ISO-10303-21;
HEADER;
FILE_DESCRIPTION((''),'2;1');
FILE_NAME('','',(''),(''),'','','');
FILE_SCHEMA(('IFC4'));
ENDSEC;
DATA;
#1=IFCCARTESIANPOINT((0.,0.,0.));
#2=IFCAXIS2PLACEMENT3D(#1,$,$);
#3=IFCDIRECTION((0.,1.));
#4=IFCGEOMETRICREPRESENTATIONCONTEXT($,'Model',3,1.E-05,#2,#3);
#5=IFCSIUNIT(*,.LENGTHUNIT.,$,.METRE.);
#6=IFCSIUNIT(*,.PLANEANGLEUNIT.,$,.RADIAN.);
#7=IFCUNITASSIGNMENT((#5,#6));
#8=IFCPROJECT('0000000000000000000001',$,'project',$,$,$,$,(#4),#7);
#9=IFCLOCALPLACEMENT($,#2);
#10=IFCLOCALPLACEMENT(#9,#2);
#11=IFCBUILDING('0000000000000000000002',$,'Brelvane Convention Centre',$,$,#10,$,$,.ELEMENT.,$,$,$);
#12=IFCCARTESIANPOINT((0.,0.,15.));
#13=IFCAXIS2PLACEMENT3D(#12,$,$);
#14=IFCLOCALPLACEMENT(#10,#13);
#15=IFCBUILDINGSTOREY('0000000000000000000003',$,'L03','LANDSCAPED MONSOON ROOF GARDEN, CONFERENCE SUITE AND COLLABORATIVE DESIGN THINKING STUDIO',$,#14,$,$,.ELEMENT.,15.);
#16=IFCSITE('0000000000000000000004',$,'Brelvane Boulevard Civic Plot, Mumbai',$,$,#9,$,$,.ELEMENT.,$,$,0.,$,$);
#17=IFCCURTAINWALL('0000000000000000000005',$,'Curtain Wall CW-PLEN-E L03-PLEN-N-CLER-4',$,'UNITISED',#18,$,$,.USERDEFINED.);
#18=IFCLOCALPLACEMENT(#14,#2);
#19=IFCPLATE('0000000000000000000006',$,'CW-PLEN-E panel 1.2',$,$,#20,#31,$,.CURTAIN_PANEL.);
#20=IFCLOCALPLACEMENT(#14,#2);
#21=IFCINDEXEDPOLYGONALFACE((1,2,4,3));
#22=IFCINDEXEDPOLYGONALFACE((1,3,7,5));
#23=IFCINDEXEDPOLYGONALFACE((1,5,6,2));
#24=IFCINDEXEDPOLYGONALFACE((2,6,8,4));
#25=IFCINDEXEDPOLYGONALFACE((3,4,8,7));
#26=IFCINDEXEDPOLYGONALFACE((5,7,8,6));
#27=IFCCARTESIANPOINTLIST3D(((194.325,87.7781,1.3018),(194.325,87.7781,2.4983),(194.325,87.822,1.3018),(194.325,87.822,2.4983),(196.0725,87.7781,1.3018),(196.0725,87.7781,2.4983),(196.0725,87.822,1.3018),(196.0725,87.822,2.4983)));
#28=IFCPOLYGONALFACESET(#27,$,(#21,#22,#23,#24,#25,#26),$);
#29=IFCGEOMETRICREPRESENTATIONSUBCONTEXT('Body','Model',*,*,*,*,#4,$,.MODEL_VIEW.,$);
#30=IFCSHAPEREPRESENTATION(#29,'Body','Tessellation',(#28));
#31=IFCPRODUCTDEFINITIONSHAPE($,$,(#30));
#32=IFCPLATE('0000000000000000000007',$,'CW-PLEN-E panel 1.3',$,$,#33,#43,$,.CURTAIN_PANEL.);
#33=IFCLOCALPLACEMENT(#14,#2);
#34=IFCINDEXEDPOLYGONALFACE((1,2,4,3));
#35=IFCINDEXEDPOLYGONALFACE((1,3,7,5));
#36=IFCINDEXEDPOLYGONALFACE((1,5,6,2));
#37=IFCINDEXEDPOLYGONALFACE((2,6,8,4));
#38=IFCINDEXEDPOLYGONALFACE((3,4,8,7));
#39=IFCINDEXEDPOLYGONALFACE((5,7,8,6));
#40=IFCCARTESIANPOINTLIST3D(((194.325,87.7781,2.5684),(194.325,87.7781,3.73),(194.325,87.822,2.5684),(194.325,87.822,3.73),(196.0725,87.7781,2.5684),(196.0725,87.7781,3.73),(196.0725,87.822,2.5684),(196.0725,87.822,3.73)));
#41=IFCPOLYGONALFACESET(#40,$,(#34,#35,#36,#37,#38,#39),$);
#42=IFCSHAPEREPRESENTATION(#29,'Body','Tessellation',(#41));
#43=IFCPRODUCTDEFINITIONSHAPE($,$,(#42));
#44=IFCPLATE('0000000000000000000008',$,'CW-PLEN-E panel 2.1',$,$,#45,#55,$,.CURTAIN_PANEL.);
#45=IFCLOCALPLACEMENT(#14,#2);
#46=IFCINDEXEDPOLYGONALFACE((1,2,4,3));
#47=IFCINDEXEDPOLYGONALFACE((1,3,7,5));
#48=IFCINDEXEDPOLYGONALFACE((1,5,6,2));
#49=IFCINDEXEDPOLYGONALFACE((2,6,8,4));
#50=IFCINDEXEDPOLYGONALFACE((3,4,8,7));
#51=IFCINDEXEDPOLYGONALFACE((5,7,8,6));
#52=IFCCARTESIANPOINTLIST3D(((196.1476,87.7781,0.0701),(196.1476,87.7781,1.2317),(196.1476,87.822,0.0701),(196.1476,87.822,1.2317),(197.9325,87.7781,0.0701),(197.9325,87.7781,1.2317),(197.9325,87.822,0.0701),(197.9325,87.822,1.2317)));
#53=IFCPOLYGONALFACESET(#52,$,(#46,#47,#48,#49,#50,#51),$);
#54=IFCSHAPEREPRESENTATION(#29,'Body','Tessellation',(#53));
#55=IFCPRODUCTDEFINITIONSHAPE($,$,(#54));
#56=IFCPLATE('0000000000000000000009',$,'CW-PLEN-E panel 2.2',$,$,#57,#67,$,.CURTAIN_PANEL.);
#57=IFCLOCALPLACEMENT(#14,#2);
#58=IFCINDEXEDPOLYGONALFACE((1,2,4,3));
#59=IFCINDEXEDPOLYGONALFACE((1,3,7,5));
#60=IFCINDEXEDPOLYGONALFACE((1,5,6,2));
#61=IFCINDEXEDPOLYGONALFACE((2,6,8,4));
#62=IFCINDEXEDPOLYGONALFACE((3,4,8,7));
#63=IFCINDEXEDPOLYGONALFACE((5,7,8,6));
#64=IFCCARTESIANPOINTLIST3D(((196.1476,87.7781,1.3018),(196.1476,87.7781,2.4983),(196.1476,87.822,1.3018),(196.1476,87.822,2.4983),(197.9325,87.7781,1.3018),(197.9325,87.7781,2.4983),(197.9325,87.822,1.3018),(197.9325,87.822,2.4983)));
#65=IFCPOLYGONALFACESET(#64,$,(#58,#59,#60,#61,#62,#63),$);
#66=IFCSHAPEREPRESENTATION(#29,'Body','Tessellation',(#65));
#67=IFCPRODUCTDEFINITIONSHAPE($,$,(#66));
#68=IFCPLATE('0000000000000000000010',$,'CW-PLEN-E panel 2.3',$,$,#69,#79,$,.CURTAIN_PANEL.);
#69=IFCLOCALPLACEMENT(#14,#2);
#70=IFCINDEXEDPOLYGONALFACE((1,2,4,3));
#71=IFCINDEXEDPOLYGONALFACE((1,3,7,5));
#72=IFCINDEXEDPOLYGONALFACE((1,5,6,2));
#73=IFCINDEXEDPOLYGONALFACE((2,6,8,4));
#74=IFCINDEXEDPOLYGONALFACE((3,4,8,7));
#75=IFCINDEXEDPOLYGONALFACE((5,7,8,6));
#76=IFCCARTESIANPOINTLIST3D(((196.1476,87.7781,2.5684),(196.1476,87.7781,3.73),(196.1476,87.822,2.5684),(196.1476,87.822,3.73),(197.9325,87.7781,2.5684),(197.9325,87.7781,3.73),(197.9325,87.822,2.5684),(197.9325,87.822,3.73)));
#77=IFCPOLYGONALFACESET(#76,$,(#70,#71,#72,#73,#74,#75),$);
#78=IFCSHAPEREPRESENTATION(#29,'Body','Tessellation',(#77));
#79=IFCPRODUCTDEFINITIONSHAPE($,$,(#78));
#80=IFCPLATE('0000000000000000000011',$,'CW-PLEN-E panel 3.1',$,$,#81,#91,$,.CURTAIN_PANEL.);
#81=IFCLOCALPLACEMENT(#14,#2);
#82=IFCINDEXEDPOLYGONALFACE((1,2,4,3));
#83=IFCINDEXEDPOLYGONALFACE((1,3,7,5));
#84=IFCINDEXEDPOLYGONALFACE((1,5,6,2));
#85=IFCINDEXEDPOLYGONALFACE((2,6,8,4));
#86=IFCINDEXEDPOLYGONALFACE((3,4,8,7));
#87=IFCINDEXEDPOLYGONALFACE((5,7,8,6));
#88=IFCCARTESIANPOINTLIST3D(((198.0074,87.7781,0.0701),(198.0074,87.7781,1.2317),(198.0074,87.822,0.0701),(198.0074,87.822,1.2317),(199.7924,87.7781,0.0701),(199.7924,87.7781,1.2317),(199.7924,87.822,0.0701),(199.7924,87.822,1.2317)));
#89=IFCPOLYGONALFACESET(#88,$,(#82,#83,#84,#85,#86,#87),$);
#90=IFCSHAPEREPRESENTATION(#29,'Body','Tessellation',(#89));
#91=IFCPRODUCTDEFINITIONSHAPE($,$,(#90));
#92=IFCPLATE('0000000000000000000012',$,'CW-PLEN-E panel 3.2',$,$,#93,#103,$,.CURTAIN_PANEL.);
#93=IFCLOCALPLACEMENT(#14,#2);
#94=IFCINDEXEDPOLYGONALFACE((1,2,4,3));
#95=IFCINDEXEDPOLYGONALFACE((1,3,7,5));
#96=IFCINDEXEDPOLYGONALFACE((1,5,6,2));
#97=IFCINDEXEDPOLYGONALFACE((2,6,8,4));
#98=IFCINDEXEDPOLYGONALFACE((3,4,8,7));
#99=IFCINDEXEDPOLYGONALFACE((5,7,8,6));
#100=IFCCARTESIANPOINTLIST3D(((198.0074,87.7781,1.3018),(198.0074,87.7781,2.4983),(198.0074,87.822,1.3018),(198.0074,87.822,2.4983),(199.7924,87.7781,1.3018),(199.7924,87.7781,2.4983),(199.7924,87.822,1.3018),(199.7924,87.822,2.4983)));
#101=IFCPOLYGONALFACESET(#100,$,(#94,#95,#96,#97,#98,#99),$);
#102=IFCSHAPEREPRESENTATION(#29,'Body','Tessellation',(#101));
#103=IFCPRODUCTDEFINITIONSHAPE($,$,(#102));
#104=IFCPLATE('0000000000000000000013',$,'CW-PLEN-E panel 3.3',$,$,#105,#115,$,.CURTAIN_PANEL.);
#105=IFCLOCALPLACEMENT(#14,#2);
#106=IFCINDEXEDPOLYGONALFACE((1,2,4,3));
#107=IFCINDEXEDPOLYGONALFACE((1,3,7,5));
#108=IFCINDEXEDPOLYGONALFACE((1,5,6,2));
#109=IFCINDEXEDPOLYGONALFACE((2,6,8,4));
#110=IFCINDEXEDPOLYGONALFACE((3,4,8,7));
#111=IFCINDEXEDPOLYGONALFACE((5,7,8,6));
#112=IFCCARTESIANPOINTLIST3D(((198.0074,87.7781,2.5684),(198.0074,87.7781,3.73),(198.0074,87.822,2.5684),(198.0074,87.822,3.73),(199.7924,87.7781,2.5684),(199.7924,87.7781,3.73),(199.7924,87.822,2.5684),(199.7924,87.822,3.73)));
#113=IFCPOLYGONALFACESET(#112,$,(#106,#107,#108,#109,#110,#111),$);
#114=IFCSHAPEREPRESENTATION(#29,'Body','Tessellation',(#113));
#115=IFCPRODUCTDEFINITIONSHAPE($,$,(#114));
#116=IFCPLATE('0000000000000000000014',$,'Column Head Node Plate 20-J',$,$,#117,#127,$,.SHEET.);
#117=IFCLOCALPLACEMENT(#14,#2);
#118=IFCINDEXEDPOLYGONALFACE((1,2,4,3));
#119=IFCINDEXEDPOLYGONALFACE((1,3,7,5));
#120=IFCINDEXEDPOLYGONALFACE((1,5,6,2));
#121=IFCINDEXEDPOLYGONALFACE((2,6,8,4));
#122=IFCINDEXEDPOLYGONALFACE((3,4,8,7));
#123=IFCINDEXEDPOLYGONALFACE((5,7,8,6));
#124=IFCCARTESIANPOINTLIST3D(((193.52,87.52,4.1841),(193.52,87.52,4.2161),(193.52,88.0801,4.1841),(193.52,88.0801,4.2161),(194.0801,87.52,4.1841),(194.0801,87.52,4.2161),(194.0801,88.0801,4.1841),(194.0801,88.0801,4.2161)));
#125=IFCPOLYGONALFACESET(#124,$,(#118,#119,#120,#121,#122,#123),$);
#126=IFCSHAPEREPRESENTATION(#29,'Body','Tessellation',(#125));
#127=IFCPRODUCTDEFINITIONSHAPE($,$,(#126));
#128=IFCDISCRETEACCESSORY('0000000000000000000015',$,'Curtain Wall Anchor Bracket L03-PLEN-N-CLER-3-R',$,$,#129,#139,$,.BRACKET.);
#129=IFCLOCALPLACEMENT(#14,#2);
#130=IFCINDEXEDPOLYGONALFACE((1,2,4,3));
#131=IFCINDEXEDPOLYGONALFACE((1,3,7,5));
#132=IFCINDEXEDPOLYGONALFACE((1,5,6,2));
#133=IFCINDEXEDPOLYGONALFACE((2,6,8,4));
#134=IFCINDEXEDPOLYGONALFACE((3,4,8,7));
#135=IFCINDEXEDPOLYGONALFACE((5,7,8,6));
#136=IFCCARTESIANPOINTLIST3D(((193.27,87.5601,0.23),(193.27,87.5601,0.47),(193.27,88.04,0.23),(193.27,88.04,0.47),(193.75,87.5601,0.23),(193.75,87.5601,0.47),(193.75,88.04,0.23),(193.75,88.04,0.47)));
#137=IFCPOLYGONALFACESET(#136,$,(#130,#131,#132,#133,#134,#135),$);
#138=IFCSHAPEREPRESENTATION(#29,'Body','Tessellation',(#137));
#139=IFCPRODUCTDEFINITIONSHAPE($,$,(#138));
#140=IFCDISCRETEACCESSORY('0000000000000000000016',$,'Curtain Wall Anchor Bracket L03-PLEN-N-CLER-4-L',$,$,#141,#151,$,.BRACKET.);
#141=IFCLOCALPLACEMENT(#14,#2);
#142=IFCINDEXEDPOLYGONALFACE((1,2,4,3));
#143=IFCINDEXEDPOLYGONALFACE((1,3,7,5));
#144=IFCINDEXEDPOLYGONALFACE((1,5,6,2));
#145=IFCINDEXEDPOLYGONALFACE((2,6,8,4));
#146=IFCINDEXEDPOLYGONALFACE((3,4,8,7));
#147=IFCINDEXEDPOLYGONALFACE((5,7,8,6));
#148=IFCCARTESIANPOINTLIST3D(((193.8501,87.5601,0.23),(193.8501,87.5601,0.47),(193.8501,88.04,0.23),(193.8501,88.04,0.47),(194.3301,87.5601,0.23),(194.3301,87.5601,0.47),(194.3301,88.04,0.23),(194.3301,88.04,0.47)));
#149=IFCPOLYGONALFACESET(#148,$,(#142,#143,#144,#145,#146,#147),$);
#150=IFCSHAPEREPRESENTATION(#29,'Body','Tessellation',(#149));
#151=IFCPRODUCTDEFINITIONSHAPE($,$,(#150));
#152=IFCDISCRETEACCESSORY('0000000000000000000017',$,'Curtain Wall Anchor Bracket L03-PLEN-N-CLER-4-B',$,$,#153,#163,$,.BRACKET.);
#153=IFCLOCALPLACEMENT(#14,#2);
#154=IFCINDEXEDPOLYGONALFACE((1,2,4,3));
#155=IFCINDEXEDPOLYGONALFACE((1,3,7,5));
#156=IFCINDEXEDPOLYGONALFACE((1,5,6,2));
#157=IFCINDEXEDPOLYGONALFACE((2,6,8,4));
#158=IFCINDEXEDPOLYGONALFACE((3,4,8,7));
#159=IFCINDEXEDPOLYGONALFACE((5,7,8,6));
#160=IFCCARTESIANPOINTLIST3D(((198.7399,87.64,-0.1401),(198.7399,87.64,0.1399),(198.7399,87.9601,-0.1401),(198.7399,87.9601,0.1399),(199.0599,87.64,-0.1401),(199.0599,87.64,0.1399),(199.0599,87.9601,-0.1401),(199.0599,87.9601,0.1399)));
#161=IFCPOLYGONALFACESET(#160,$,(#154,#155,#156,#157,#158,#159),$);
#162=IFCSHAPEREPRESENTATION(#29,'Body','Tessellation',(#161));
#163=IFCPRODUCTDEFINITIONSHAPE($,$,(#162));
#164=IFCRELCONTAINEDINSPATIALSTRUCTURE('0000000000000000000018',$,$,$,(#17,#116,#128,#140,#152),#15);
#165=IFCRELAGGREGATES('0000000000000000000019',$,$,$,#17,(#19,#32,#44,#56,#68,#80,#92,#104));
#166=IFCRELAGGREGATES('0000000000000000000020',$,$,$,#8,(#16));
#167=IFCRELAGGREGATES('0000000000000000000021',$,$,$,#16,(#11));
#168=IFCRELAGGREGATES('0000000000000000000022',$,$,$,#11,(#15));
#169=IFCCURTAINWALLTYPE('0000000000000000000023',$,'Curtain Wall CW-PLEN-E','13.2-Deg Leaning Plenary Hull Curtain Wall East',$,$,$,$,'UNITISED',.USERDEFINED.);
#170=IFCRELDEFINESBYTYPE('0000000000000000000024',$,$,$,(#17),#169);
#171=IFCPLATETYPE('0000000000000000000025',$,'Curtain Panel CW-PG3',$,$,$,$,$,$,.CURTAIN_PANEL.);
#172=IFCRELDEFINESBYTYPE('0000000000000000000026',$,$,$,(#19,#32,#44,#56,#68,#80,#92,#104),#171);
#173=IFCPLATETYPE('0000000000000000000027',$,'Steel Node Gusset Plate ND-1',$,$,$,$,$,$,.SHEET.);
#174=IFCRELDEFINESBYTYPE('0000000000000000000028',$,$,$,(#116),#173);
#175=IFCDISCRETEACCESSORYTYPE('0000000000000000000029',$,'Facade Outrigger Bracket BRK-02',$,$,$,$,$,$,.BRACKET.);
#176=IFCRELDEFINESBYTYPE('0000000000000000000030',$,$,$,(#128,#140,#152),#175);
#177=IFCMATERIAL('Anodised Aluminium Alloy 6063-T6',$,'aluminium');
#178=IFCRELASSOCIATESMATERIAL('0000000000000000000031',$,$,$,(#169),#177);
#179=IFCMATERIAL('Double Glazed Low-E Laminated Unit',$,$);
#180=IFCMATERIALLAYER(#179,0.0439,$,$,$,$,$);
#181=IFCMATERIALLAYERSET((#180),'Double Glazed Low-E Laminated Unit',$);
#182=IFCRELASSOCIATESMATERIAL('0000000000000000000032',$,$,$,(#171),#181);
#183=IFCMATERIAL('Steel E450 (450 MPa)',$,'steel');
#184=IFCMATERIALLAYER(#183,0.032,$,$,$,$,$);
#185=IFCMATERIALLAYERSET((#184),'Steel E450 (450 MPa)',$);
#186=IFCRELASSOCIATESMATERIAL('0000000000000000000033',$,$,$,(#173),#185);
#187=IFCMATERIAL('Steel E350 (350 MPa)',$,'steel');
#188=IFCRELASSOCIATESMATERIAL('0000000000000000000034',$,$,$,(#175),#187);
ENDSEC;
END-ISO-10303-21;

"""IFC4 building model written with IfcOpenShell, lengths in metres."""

from ifc_helpers import new_model, si_unit, direction, frame, origin, origin_2d, place, context, subcontext, project, spatial, rectangle, extrude, material, layer, layer_set, type_object, element, aggregate, save


model = new_model("IFC4")

# Units and contexts
model_context = context("Model", 3, precision=1e-05, world=origin(), true_north=direction((0.0, 1.0)))
body_context = subcontext(model_context, "Body", "Model", "MODEL_VIEW")
ifc_project = project(units=[si_unit("LENGTHUNIT", "METRE"), si_unit("PLANEANGLEUNIT", "RADIAN")], contexts=[model_context])

# Site, building, storey
site_placement = place(None, origin())
site = spatial("IfcSite", under=ifc_project, at=site_placement, Name="Brelvane Boulevard Civic Plot, Mumbai", CompositionType="ELEMENT", RefElevation=0.0)
building_placement = place(site_placement, origin())
building = spatial("IfcBuilding", under=site, at=building_placement, Name="Brelvane Convention Centre", CompositionType="ELEMENT")
storey_placement = place(building_placement, frame((0.0, 0.0, 15.0)))
storey = spatial("IfcBuildingStorey", under=building, at=storey_placement, Name="L03", Description="LANDSCAPED MONSOON ROOF GARDEN, CONFERENCE SUITE AND COLLABORATIVE DESIGN THINKING STUDIO", CompositionType="ELEMENT", Elevation=15.0)

# Shared definitions
ifc_material_1 = material(Name="Anodised Aluminium Alloy 6063-T6", Category="aluminium")
curtain_wall_type = type_object("IfcCurtainWallType", Name="Curtain Wall CW-PLEN-E", Description="13.2-Deg Leaning Plenary Hull Curtain Wall East", ElementType="UNITISED", PredefinedType="USERDEFINED", material=ifc_material_1)

# Curtain wall
curtain_wall_1_placement = place(storey_placement, origin())
curtain_wall_1 = element("IfcCurtainWall", 1, at=curtain_wall_1_placement, inside=storey, type_object=curtain_wall_type, Name="Curtain Wall CW-PLEN-E L03-PLEN-N-CLER-4", ObjectType="UNITISED", PredefinedType="USERDEFINED")

# Plates
ifc_material_2 = material(Name="Double Glazed Low-E Laminated Unit")
ifc_layer_1 = layer(ifc_material_2, 0.0439)
ifc_layer_set_1 = layer_set([ifc_layer_1], Name="Double Glazed Low-E Laminated Unit")
plate_type_1 = type_object("IfcPlateType", Name="Curtain Panel CW-PG3", PredefinedType="CURTAIN_PANEL", material=ifc_layer_set_1)
plate_1_placement = place(storey_placement, frame((195.1987, 87.8, 1.3018), z_axis=(0.0, 0.0, 1.0), x_axis=(1.0, 0.0, 0.0)))
plate_1 = element("IfcPlate", 2, at=plate_1_placement, type_object=plate_type_1, Name="CW-PLEN-E panel 1.2", PredefinedType="CURTAIN_PANEL", context=body_context, shape_type="SweptSolid", body=[
    extrude(rectangle(XDim=1.7476, YDim=0.0439, at=origin_2d()), origin(), (0.0, 0.0, 1.0), 1.1965),
])
plate_2_placement = place(storey_placement, frame((195.1987, 87.8, 2.5684), z_axis=(0.0, 0.0, 1.0), x_axis=(1.0, 0.0, 0.0)))
plate_2 = element("IfcPlate", 3, at=plate_2_placement, type_object=plate_type_1, Name="CW-PLEN-E panel 1.3", PredefinedType="CURTAIN_PANEL", context=body_context, shape_type="SweptSolid", body=[
    extrude(rectangle(XDim=1.7476, YDim=0.0439, at=origin_2d()), origin(), (0.0, 0.0, 1.0), 1.1616),
])
plate_3_placement = place(storey_placement, frame((197.04, 87.8, 0.0701), z_axis=(0.0, 0.0, 1.0), x_axis=(1.0, 0.0, 0.0)))
plate_3 = element("IfcPlate", 4, at=plate_3_placement, type_object=plate_type_1, Name="CW-PLEN-E panel 2.1", PredefinedType="CURTAIN_PANEL", context=body_context, shape_type="SweptSolid", body=[
    extrude(rectangle(XDim=1.7849, YDim=0.0439, at=origin_2d()), origin(), (0.0, 0.0, 1.0), 1.1616),
])
plate_4_placement = place(storey_placement, frame((197.04, 87.8, 1.3018), z_axis=(0.0, 0.0, 1.0), x_axis=(1.0, 0.0, 0.0)))
plate_4 = element("IfcPlate", 5, at=plate_4_placement, type_object=plate_type_1, Name="CW-PLEN-E panel 2.2", PredefinedType="CURTAIN_PANEL", context=body_context, shape_type="SweptSolid", body=[
    extrude(rectangle(XDim=1.7849, YDim=0.0439, at=origin_2d()), origin(), (0.0, 0.0, 1.0), 1.1965),
])
plate_5_placement = place(storey_placement, frame((197.04, 87.8, 2.5684), z_axis=(0.0, 0.0, 1.0), x_axis=(1.0, 0.0, 0.0)))
plate_5 = element("IfcPlate", 6, at=plate_5_placement, type_object=plate_type_1, Name="CW-PLEN-E panel 2.3", PredefinedType="CURTAIN_PANEL", context=body_context, shape_type="SweptSolid", body=[
    extrude(rectangle(XDim=1.7849, YDim=0.0439, at=origin_2d()), origin(), (0.0, 0.0, 1.0), 1.1616),
])
plate_6_placement = place(storey_placement, frame((198.8999, 87.8, 0.0701), z_axis=(0.0, 0.0, 1.0), x_axis=(1.0, 0.0, 0.0)))
plate_6 = element("IfcPlate", 7, at=plate_6_placement, type_object=plate_type_1, Name="CW-PLEN-E panel 3.1", PredefinedType="CURTAIN_PANEL", context=body_context, shape_type="SweptSolid", body=[
    extrude(rectangle(XDim=1.7849, YDim=0.0439, at=origin_2d()), origin(), (0.0, 0.0, 1.0), 1.1616),
])
plate_7_placement = place(storey_placement, frame((198.8999, 87.8, 1.3018), z_axis=(0.0, 0.0, 1.0), x_axis=(1.0, 0.0, 0.0)))
plate_7 = element("IfcPlate", 8, at=plate_7_placement, type_object=plate_type_1, Name="CW-PLEN-E panel 3.2", PredefinedType="CURTAIN_PANEL", context=body_context, shape_type="SweptSolid", body=[
    extrude(rectangle(XDim=1.7849, YDim=0.0439, at=origin_2d()), origin(), (0.0, 0.0, 1.0), 1.1965),
])
plate_8_placement = place(storey_placement, frame((198.8999, 87.8, 2.5684), z_axis=(0.0, 0.0, 1.0), x_axis=(1.0, 0.0, 0.0)))
plate_8 = element("IfcPlate", 9, at=plate_8_placement, type_object=plate_type_1, Name="CW-PLEN-E panel 3.3", PredefinedType="CURTAIN_PANEL", context=body_context, shape_type="SweptSolid", body=[
    extrude(rectangle(XDim=1.7849, YDim=0.0439, at=origin_2d()), origin(), (0.0, 0.0, 1.0), 1.1616),
])
aggregate(curtain_wall_1, [plate_1, plate_2, plate_3, plate_4, plate_5, plate_6, plate_7, plate_8])
ifc_material_3 = material(Name="Steel E450 (450 MPa)", Category="steel")
ifc_layer_2 = layer(ifc_material_3, 0.032)
ifc_layer_set_2 = layer_set([ifc_layer_2], Name="Steel E450 (450 MPa)")
plate_type_2 = type_object("IfcPlateType", Name="Steel Node Gusset Plate ND-1", PredefinedType="SHEET", material=ifc_layer_set_2)
plate_9_placement = place(storey_placement, frame((193.8, 87.8, 4.1841), z_axis=(0.0, 0.0, 1.0), x_axis=(1.0, 0.0, 0.0)))
element("IfcPlate", 10, at=plate_9_placement, inside=storey, type_object=plate_type_2, Name="Column Head Node Plate 20-J", PredefinedType="SHEET", context=body_context, shape_type="SweptSolid", body=[
    extrude(rectangle(XDim=0.5601, YDim=0.5601, at=origin_2d()), origin(), (0.0, 0.0, 1.0), 0.032),
])

# Discrete accessories
ifc_material_4 = material(Name="Steel E350 (350 MPa)", Category="steel")
discrete_accessory_type = type_object("IfcDiscreteAccessoryType", Name="Facade Outrigger Bracket BRK-02", PredefinedType="BRACKET", material=ifc_material_4)
for number, where, z_axis, x_axis, name in (
    (11, (193.51, 87.8, 0.23), (0.0, 0.0, 1.0), (1.0, 0.0, 0.0), "Curtain Wall Anchor Bracket L03-PLEN-N-CLER-3-R"),
    (12, (194.0901, 87.8, 0.23), (0.0, 0.0, 1.0), (1.0, 0.0, 0.0), "Curtain Wall Anchor Bracket L03-PLEN-N-CLER-4-L"),
):
    element("IfcDiscreteAccessory", number, at=place(storey_placement, frame(where, z_axis=z_axis, x_axis=x_axis)), inside=storey, type_object=discrete_accessory_type, Name=name, PredefinedType="BRACKET", context=body_context, shape_type="SweptSolid", body=[
        extrude(rectangle(XDim=0.48, YDim=0.48, at=origin_2d()), origin(), (0.0, 0.0, 1.0), 0.24),
    ])
discrete_accessory_placement = place(storey_placement, frame((198.8999, 87.8, -0.1401), z_axis=(0.0, 0.0, 1.0), x_axis=(1.0, 0.0, 0.0)))
element("IfcDiscreteAccessory", 13, at=discrete_accessory_placement, inside=storey, type_object=discrete_accessory_type, Name="Curtain Wall Anchor Bracket L03-PLEN-N-CLER-4-B", PredefinedType="BRACKET", context=body_context, shape_type="SweptSolid", body=[
    extrude(rectangle(XDim=0.3201, YDim=0.3201, at=origin_2d()), origin(), (0.0, 0.0, 1.0), 0.28),
])

save(model, "model.ifc")
